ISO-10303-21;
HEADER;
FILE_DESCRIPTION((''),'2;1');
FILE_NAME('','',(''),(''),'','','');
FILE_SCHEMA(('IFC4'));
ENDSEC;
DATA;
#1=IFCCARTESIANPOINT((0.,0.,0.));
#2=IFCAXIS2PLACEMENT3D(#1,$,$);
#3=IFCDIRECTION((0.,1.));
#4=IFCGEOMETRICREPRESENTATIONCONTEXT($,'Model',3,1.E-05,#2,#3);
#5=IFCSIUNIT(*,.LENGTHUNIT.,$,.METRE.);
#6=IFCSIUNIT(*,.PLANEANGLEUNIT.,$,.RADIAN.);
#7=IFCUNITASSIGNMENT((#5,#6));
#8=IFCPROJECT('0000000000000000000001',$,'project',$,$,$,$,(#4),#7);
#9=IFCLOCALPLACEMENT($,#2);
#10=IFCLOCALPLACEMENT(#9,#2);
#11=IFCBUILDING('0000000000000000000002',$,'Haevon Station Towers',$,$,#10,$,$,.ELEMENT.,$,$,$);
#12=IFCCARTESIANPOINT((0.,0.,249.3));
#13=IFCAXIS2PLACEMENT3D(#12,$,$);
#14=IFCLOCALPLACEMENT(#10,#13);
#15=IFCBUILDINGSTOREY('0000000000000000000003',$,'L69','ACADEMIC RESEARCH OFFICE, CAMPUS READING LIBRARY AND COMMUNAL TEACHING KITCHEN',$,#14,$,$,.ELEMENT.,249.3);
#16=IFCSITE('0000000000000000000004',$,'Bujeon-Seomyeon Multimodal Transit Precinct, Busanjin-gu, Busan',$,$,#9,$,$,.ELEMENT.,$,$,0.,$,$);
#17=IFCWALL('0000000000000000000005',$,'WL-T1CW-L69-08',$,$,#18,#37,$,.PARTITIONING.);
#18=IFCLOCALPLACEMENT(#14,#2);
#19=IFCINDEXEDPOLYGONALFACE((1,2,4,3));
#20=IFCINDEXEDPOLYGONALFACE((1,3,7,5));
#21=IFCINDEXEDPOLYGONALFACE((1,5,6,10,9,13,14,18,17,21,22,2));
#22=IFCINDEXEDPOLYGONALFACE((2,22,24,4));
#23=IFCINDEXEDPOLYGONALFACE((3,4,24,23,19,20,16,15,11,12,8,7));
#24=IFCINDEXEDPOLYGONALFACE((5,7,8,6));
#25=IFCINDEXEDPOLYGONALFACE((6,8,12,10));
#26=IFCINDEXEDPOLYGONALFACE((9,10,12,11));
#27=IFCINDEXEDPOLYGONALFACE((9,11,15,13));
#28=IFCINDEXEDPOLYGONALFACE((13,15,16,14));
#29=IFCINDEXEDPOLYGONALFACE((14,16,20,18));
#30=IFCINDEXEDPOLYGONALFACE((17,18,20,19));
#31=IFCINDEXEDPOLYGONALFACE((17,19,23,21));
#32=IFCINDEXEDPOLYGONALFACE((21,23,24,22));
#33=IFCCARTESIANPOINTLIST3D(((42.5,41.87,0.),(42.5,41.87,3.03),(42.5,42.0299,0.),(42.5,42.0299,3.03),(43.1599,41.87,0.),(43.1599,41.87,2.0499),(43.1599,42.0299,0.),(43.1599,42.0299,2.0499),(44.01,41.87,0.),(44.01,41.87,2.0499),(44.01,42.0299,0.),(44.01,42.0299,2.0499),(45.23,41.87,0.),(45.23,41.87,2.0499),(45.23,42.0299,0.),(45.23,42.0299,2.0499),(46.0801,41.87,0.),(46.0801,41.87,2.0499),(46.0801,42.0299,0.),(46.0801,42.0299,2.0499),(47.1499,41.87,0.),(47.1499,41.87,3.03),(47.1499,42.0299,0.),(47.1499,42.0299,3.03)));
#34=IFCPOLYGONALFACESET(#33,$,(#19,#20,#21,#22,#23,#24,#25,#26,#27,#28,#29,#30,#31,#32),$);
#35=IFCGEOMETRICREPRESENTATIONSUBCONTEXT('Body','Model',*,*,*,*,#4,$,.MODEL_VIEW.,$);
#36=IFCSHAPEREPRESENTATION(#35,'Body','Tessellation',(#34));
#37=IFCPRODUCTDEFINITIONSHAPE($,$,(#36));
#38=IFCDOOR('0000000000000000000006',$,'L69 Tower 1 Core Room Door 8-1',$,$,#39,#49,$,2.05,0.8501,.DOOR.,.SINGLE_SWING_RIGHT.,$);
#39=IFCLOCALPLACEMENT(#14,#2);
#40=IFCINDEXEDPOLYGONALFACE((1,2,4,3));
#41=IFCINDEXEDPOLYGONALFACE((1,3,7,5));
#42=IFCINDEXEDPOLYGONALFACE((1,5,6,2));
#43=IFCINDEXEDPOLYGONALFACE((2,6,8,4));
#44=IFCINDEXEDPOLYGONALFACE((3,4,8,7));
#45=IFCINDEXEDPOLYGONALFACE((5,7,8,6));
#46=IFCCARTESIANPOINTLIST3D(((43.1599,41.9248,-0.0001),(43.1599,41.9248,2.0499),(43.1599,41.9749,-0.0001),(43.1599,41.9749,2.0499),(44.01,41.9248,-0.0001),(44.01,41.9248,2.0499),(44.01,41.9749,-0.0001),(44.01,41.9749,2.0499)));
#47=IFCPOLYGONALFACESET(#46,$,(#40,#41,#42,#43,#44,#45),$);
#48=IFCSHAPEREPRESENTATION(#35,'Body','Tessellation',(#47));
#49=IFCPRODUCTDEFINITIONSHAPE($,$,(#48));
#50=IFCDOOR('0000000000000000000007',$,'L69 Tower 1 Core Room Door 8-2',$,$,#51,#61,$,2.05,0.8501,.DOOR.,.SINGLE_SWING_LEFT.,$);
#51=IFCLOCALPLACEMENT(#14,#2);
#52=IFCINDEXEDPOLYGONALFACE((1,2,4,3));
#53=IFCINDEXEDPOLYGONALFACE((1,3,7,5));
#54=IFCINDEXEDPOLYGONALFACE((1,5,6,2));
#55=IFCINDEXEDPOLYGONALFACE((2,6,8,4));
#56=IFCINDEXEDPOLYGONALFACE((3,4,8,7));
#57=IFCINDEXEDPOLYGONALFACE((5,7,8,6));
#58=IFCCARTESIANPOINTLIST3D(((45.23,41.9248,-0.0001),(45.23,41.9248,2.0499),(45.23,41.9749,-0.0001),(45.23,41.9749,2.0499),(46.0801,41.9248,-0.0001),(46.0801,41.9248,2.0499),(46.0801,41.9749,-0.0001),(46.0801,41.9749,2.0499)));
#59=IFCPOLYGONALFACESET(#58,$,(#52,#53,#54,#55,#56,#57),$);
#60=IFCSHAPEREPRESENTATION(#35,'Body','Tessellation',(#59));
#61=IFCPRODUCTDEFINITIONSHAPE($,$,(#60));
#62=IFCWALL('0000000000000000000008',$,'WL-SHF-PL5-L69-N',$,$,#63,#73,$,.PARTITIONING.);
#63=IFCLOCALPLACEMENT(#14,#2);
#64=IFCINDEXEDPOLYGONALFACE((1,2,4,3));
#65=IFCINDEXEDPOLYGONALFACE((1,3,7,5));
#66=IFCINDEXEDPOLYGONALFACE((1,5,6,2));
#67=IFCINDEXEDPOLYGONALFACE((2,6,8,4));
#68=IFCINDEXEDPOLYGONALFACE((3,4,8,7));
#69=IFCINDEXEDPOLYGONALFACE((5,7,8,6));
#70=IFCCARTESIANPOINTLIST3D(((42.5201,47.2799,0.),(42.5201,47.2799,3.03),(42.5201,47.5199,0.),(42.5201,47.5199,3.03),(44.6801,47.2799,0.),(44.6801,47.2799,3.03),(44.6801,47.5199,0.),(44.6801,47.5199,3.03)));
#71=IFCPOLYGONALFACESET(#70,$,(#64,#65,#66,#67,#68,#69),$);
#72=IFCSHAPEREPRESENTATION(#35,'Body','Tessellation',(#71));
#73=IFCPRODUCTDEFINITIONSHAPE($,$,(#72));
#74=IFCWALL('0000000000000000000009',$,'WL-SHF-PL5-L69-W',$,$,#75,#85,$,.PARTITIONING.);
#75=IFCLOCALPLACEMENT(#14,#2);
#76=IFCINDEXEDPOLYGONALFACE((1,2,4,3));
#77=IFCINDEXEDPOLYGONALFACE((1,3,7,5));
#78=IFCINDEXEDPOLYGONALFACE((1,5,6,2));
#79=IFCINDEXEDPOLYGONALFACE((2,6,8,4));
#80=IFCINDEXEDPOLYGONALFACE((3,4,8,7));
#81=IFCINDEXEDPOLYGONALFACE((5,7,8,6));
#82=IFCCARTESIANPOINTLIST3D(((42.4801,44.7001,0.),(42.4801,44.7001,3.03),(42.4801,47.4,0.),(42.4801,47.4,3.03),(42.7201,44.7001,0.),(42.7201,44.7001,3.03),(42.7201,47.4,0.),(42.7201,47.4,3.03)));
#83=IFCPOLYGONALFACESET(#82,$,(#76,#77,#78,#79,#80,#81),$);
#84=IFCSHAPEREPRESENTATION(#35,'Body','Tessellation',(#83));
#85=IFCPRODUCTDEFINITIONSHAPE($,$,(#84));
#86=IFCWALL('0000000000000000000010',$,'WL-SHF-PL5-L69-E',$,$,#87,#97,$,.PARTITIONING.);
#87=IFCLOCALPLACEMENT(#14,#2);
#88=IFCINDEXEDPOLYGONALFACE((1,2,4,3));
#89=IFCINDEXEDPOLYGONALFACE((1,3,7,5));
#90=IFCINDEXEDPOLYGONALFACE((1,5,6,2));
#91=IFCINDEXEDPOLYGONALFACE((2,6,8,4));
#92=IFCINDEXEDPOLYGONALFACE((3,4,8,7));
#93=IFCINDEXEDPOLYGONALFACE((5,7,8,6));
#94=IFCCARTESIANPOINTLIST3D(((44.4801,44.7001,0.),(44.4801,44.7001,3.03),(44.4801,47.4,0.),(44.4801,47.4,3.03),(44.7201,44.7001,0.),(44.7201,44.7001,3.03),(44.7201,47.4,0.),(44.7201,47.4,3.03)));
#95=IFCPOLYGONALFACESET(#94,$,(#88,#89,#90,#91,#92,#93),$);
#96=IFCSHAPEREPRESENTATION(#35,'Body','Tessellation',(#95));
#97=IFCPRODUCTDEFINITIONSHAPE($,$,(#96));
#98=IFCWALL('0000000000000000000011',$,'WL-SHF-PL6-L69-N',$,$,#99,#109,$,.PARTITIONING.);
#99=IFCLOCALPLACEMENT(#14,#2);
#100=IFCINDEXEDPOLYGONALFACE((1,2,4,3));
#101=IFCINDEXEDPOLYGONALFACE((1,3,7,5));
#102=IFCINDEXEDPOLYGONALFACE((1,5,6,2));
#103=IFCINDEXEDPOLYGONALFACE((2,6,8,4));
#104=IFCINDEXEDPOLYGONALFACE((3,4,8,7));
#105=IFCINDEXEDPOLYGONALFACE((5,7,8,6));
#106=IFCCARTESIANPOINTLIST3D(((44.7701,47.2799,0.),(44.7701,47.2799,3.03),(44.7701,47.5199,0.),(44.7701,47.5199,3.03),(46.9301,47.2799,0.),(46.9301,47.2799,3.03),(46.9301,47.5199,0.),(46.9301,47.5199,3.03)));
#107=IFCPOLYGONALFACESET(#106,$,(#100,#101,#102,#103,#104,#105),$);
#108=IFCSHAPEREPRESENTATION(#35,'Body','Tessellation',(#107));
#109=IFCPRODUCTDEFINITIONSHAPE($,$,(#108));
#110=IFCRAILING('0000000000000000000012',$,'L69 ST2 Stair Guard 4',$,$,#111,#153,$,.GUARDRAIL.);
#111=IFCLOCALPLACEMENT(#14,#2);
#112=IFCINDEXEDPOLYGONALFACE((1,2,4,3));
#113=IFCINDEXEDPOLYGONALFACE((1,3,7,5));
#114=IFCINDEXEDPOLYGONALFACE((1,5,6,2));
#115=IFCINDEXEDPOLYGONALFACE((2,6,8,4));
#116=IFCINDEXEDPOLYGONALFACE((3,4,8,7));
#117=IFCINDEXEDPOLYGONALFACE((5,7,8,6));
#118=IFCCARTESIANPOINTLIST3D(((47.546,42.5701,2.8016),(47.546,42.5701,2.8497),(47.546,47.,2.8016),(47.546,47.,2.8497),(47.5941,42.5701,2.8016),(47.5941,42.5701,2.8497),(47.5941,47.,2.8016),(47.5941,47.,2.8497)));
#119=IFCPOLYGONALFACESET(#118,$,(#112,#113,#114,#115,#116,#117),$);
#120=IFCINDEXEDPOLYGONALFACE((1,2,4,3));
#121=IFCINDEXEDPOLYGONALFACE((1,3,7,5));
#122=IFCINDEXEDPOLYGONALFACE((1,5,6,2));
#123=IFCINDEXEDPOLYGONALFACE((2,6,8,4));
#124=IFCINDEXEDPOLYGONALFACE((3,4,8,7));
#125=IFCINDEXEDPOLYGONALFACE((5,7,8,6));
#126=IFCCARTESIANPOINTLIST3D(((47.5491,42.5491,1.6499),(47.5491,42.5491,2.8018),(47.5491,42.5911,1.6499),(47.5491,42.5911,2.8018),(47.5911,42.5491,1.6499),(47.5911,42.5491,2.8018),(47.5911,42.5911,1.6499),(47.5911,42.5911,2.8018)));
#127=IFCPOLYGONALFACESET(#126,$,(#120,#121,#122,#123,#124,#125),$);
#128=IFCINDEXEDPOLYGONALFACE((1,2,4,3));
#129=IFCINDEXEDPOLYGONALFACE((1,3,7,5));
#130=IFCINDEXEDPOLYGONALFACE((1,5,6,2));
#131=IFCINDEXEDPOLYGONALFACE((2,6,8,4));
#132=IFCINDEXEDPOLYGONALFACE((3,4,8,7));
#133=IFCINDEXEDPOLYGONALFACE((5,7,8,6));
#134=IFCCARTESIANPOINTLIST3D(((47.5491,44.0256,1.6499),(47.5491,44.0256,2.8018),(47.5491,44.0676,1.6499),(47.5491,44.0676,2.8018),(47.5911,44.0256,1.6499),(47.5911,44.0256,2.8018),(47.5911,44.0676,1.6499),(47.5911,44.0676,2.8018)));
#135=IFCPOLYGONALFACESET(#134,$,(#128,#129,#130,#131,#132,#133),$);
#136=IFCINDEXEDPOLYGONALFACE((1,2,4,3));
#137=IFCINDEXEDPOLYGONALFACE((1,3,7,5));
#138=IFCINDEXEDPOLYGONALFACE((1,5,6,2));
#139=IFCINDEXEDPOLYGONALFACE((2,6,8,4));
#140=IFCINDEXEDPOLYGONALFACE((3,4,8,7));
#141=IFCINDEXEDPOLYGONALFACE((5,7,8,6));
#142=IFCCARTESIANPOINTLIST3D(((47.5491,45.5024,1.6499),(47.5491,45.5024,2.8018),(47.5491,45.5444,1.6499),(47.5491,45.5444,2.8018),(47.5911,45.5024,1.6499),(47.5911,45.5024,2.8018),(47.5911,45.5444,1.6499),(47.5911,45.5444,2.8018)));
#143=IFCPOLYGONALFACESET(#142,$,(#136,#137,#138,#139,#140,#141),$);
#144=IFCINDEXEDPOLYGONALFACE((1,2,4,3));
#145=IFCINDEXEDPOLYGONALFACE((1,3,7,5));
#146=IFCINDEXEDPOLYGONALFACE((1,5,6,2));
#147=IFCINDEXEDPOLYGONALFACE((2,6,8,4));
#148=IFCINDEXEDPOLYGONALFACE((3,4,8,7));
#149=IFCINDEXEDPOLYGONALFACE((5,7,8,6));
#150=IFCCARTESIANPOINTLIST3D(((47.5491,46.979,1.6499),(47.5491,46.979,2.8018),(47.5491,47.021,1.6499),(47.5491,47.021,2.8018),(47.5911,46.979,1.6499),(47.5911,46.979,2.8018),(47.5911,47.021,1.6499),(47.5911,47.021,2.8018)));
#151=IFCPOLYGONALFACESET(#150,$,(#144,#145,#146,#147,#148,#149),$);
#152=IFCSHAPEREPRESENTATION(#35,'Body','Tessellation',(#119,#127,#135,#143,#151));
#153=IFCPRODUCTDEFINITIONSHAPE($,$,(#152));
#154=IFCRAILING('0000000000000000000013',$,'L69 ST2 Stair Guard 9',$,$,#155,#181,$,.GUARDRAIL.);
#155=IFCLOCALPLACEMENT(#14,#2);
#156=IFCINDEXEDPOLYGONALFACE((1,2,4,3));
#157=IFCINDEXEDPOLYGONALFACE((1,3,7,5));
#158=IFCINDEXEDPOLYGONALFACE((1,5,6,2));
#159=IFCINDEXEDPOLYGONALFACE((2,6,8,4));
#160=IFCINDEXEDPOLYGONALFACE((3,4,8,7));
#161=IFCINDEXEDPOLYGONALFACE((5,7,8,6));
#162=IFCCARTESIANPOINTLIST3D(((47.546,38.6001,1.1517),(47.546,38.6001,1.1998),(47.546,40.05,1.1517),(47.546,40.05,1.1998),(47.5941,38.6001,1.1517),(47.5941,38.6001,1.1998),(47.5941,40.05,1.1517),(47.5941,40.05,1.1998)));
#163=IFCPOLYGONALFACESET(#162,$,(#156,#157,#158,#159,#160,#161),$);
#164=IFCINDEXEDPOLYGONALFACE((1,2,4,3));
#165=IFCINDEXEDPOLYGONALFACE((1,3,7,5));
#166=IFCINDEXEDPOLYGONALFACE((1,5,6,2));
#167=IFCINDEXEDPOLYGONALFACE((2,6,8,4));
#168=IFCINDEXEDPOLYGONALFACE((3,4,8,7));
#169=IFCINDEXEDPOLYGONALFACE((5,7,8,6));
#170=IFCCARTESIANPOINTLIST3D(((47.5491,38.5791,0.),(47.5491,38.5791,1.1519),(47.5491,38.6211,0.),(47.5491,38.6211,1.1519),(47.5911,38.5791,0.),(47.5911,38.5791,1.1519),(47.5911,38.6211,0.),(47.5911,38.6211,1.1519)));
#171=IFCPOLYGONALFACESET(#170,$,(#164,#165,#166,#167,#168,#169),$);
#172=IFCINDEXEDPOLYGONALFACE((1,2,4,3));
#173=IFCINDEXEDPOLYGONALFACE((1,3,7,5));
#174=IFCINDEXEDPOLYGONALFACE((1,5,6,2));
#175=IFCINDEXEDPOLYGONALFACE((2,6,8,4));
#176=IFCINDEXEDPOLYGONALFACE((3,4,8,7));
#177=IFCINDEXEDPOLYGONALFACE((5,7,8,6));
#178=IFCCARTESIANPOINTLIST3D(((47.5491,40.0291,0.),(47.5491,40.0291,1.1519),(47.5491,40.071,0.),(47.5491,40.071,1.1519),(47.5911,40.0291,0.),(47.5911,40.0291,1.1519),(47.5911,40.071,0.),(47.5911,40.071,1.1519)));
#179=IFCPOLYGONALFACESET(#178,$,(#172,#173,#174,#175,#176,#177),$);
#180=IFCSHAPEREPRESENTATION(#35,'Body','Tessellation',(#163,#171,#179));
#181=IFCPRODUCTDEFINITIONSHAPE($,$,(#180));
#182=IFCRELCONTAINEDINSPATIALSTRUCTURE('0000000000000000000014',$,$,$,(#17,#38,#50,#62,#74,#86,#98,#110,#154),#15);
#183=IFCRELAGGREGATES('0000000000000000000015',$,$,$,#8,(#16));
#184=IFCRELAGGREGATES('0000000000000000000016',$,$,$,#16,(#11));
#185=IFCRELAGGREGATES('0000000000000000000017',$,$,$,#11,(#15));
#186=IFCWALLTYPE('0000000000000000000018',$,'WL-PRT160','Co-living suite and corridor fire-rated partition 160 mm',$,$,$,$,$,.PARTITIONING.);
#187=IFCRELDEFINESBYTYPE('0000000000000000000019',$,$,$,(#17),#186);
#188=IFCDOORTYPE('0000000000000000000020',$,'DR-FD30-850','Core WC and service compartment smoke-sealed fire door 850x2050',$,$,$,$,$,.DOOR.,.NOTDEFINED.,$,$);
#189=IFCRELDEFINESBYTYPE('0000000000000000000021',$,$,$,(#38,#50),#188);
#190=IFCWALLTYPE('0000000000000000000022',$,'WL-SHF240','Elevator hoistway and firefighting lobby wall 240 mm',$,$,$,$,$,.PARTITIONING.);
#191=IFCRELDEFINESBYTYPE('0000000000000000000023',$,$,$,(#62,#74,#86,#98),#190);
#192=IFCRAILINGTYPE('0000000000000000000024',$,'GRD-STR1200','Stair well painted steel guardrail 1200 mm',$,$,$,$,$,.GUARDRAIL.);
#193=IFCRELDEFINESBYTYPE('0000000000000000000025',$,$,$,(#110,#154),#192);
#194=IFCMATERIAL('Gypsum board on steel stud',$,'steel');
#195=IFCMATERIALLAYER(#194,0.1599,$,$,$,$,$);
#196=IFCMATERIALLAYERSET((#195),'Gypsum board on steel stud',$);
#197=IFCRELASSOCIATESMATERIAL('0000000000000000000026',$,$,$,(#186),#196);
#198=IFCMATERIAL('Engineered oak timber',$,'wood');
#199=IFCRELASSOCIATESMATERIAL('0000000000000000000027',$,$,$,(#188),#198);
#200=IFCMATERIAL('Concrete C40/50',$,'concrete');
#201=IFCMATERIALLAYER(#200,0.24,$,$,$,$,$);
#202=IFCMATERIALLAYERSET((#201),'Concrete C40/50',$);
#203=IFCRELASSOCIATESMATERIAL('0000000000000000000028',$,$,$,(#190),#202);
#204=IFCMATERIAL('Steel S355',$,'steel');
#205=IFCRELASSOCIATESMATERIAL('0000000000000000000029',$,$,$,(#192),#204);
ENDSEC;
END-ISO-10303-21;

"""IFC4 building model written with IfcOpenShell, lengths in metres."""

from ifc_helpers import new_model, si_unit, direction, frame, frame_2d, origin, origin_2d, place, context, subcontext, project, spatial, rectangle, extrude, material, layer, layer_set, type_object, element, fill, save


model = new_model("IFC4")

# Units and contexts
model_context = context("Model", 3, precision=1e-05, world=origin(), true_north=direction((0.0, 1.0)))
body_context = subcontext(model_context, "Body", "Model", "MODEL_VIEW")
ifc_project = project(units=[si_unit("LENGTHUNIT", "METRE"), si_unit("PLANEANGLEUNIT", "RADIAN")], contexts=[model_context])

# Site, building, storey
site_placement = place(None, origin())
site = spatial("IfcSite", under=ifc_project, at=site_placement, Name="Bujeon-Seomyeon Multimodal Transit Precinct, Busanjin-gu, Busan", CompositionType="ELEMENT", RefElevation=0.0)
building_placement = place(site_placement, origin())
building = spatial("IfcBuilding", under=site, at=building_placement, Name="Haevon Station Towers", CompositionType="ELEMENT")
storey_placement = place(building_placement, frame((0.0, 0.0, 249.3)))
storey = spatial("IfcBuildingStorey", under=building, at=storey_placement, Name="L69", Description="ACADEMIC RESEARCH OFFICE, CAMPUS READING LIBRARY AND COMMUNAL TEACHING KITCHEN", CompositionType="ELEMENT", Elevation=249.3)

# Shared definitions
ifc_material_1 = material(Name="Steel S355", Category="steel")

# Shared definitions
ifc_material_2 = material(Name="Gypsum board on steel stud", Category="steel")
ifc_material_3 = material(Name="Engineered oak timber", Category="wood")

# Shared definitions
ifc_layer_1 = layer(ifc_material_2, 0.1599)
ifc_layer_set_1 = layer_set([ifc_layer_1], Name="Gypsum board on steel stud")
wall_type_1 = type_object("IfcWallType", Name="WL-PRT160", Description="Co-living suite and corridor fire-rated partition 160 mm", PredefinedType="PARTITIONING", material=ifc_layer_set_1)

# Wall, openings, doors
wall_1_placement = place(storey_placement, frame((42.5, 41.95, 0.0), z_axis=(0.0, 0.0, 1.0), x_axis=(1.0, 0.0, 0.0)))
wall_1 = element("IfcWall", 1, at=wall_1_placement, inside=storey, type_object=wall_type_1, Name="WL-T1CW-L69-08", PredefinedType="PARTITIONING", context=body_context, shape_type="SweptSolid", body=[
    extrude(rectangle(XDim=4.6499, YDim=0.1599, at=frame_2d((2.325, 0.0))), origin(), (0.0, 0.0, 1.0), 3.03),
])
opening_1_placement = place(wall_1_placement, frame((0.6599, 0.0, 0.0)))
opening_1 = element("IfcOpeningElement", 2, at=opening_1_placement, cuts=wall_1, PredefinedType="OPENING", context=body_context, shape_type="SweptSolid", body=[
    extrude(rectangle(XDim=0.8501, YDim=2.05, at=frame_2d((0.425, 1.0249))), frame((0.0, 0.0898, 0.0), z_axis=(0.0, -1.0, 0.0), x_axis=(1.0, 0.0, 0.0)), (0.0, 0.0, 1.0), 0.1799),
])
opening_2_placement = place(wall_1_placement, frame((2.73, 0.0, 0.0)))
opening_2 = element("IfcOpeningElement", 3, at=opening_2_placement, cuts=wall_1, PredefinedType="OPENING", context=body_context, shape_type="SweptSolid", body=[
    extrude(rectangle(XDim=0.8501, YDim=2.05, at=frame_2d((0.425, 1.0249))), frame((0.0, 0.0898, 0.0), z_axis=(0.0, -1.0, 0.0), x_axis=(1.0, 0.0, 0.0)), (0.0, 0.0, 1.0), 0.1799),
])
door_type_1 = type_object("IfcDoorType", Name="DR-FD30-850", Description="Core WC and service compartment smoke-sealed fire door 850x2050", OperationType="NOTDEFINED", PredefinedType="DOOR", material=ifc_material_3)
door_1_placement = place(opening_1_placement, origin())
door_1 = element("IfcDoor", 4, at=door_1_placement, inside=storey, type_object=door_type_1, Name="L69 Tower 1 Core Room Door 8-1", OperationType="SINGLE_SWING_RIGHT", OverallHeight=2.05, OverallWidth=0.8501, PredefinedType="DOOR", context=body_context, shape_type="SweptSolid", body=[
    extrude(rectangle(XDim=0.8501, YDim=2.05, at=frame_2d((0.425, 1.0249))), frame((0.0, 0.0249, 0.0), z_axis=(0.0, -1.0, 0.0), x_axis=(1.0, 0.0, 0.0)), (0.0, 0.0, 1.0), 0.05),
])
fill(opening_1, door_1)
door_2_placement = place(opening_2_placement, origin())
door_2 = element("IfcDoor", 5, at=door_2_placement, inside=storey, type_object=door_type_1, Name="L69 Tower 1 Core Room Door 8-2", OperationType="SINGLE_SWING_LEFT", OverallHeight=2.05, OverallWidth=0.8501, PredefinedType="DOOR", context=body_context, shape_type="SweptSolid", body=[
    extrude(rectangle(XDim=0.8501, YDim=2.05, at=frame_2d((0.425, 1.0249))), frame((0.0, 0.0249, 0.0), z_axis=(0.0, -1.0, 0.0), x_axis=(1.0, 0.0, 0.0)), (0.0, 0.0, 1.0), 0.05),
])
fill(opening_2, door_2)

# Shared definitions
ifc_material_4 = material(Name="Concrete C40/50", Category="concrete")
ifc_layer_2 = layer(ifc_material_4, 0.24)
ifc_layer_set_2 = layer_set([ifc_layer_2], Name="Concrete C40/50")
wall_type_2 = type_object("IfcWallType", Name="WL-SHF240", Description="Elevator hoistway and firefighting lobby wall 240 mm", PredefinedType="PARTITIONING", material=ifc_layer_set_2)

# Walls
wall_2_placement = place(storey_placement, frame((42.52, 47.3999, 0.0), z_axis=(0.0, 0.0, 1.0), x_axis=(1.0, 0.0, 0.0)))
element("IfcWall", 6, at=wall_2_placement, inside=storey, type_object=wall_type_2, Name="WL-SHF-PL5-L69-N", PredefinedType="PARTITIONING", context=body_context, shape_type="SweptSolid", body=[
    extrude(rectangle(XDim=2.1599, YDim=0.24, at=frame_2d((1.0801, 0.0))), origin(), (0.0, 0.0, 1.0), 3.03),
])
for number, where, z_axis, x_axis, name in (
    (7, (42.6001, 44.7, 0.0), (0.0, 0.0, 1.0), (0.0, 1.0, 0.0), "WL-SHF-PL5-L69-W"),
    (8, (44.6001, 44.7, 0.0), (0.0, 0.0, 1.0), (0.0, 1.0, 0.0), "WL-SHF-PL5-L69-E"),
):
    element("IfcWall", number, at=place(storey_placement, frame(where, z_axis=z_axis, x_axis=x_axis)), inside=storey, type_object=wall_type_2, Name=name, PredefinedType="PARTITIONING", context=body_context, shape_type="SweptSolid", body=[
        extrude(rectangle(XDim=2.7, YDim=0.24, at=frame_2d((1.3501, 0.0))), origin(), (0.0, 0.0, 1.0), 3.03),
    ])

# Wall
wall_3_placement = place(storey_placement, frame((44.77, 47.3999, 0.0), z_axis=(0.0, 0.0, 1.0), x_axis=(1.0, 0.0, 0.0)))
element("IfcWall", 9, at=wall_3_placement, inside=storey, type_object=wall_type_2, Name="WL-SHF-PL6-L69-N", PredefinedType="PARTITIONING", context=body_context, shape_type="SweptSolid", body=[
    extrude(rectangle(XDim=2.1599, YDim=0.24, at=frame_2d((1.0801, 0.0))), origin(), (0.0, 0.0, 1.0), 3.03),
])

# Railings
railing_type = type_object("IfcRailingType", Name="GRD-STR1200", Description="Stair well painted steel guardrail 1200 mm", PredefinedType="GUARDRAIL", material=ifc_material_1)
railing_1_placement = place(storey_placement, frame((47.5701, 42.5701, 1.6499)))
element("IfcRailing", 10, at=railing_1_placement, inside=storey, type_object=railing_type, Name="L69 ST2 Stair Guard 4", PredefinedType="GUARDRAIL", context=body_context, shape_type="SweptSolid", body=[
    extrude(rectangle(XDim=0.0481, YDim=0.0481, at=origin_2d()), frame((0.0, 0.0, 1.1758), z_axis=(0.0, 1.0, 0.0), x_axis=(-1.0, 0.0, 0.0)), (0.0, 0.0, 1.0), 4.4299),
    extrude(rectangle(XDim=0.042, YDim=0.042, at=origin_2d()), origin(), (0.0, 0.0, 1.0), 1.1519),
    extrude(rectangle(XDim=0.042, YDim=0.042, at=origin_2d()), frame((0.0, 1.4766, 0.0)), (0.0, 0.0, 1.0), 1.1519),
    extrude(rectangle(XDim=0.042, YDim=0.042, at=origin_2d()), frame((0.0, 2.9534, 0.0)), (0.0, 0.0, 1.0), 1.1519),
    extrude(rectangle(XDim=0.042, YDim=0.042, at=origin_2d()), frame((0.0, 4.4299, 0.0)), (0.0, 0.0, 1.0), 1.1519),
])
railing_2_placement = place(storey_placement, frame((47.5701, 38.6001, 0.0)))
element("IfcRailing", 11, at=railing_2_placement, inside=storey, type_object=railing_type, Name="L69 ST2 Stair Guard 9", PredefinedType="GUARDRAIL", context=body_context, shape_type="SweptSolid", body=[
    extrude(rectangle(XDim=0.0481, YDim=0.0481, at=origin_2d()), frame((0.0, 0.0, 1.1758), z_axis=(0.0, 1.0, 0.0), x_axis=(-1.0, 0.0, 0.0)), (0.0, 0.0, 1.0), 1.45),
    extrude(rectangle(XDim=0.042, YDim=0.042, at=origin_2d()), origin(), (0.0, 0.0, 1.0), 1.1519),
    extrude(rectangle(XDim=0.042, YDim=0.042, at=origin_2d()), frame((0.0, 1.45, 0.0)), (0.0, 0.0, 1.0), 1.1519),
])

save(model, "model.ifc")
